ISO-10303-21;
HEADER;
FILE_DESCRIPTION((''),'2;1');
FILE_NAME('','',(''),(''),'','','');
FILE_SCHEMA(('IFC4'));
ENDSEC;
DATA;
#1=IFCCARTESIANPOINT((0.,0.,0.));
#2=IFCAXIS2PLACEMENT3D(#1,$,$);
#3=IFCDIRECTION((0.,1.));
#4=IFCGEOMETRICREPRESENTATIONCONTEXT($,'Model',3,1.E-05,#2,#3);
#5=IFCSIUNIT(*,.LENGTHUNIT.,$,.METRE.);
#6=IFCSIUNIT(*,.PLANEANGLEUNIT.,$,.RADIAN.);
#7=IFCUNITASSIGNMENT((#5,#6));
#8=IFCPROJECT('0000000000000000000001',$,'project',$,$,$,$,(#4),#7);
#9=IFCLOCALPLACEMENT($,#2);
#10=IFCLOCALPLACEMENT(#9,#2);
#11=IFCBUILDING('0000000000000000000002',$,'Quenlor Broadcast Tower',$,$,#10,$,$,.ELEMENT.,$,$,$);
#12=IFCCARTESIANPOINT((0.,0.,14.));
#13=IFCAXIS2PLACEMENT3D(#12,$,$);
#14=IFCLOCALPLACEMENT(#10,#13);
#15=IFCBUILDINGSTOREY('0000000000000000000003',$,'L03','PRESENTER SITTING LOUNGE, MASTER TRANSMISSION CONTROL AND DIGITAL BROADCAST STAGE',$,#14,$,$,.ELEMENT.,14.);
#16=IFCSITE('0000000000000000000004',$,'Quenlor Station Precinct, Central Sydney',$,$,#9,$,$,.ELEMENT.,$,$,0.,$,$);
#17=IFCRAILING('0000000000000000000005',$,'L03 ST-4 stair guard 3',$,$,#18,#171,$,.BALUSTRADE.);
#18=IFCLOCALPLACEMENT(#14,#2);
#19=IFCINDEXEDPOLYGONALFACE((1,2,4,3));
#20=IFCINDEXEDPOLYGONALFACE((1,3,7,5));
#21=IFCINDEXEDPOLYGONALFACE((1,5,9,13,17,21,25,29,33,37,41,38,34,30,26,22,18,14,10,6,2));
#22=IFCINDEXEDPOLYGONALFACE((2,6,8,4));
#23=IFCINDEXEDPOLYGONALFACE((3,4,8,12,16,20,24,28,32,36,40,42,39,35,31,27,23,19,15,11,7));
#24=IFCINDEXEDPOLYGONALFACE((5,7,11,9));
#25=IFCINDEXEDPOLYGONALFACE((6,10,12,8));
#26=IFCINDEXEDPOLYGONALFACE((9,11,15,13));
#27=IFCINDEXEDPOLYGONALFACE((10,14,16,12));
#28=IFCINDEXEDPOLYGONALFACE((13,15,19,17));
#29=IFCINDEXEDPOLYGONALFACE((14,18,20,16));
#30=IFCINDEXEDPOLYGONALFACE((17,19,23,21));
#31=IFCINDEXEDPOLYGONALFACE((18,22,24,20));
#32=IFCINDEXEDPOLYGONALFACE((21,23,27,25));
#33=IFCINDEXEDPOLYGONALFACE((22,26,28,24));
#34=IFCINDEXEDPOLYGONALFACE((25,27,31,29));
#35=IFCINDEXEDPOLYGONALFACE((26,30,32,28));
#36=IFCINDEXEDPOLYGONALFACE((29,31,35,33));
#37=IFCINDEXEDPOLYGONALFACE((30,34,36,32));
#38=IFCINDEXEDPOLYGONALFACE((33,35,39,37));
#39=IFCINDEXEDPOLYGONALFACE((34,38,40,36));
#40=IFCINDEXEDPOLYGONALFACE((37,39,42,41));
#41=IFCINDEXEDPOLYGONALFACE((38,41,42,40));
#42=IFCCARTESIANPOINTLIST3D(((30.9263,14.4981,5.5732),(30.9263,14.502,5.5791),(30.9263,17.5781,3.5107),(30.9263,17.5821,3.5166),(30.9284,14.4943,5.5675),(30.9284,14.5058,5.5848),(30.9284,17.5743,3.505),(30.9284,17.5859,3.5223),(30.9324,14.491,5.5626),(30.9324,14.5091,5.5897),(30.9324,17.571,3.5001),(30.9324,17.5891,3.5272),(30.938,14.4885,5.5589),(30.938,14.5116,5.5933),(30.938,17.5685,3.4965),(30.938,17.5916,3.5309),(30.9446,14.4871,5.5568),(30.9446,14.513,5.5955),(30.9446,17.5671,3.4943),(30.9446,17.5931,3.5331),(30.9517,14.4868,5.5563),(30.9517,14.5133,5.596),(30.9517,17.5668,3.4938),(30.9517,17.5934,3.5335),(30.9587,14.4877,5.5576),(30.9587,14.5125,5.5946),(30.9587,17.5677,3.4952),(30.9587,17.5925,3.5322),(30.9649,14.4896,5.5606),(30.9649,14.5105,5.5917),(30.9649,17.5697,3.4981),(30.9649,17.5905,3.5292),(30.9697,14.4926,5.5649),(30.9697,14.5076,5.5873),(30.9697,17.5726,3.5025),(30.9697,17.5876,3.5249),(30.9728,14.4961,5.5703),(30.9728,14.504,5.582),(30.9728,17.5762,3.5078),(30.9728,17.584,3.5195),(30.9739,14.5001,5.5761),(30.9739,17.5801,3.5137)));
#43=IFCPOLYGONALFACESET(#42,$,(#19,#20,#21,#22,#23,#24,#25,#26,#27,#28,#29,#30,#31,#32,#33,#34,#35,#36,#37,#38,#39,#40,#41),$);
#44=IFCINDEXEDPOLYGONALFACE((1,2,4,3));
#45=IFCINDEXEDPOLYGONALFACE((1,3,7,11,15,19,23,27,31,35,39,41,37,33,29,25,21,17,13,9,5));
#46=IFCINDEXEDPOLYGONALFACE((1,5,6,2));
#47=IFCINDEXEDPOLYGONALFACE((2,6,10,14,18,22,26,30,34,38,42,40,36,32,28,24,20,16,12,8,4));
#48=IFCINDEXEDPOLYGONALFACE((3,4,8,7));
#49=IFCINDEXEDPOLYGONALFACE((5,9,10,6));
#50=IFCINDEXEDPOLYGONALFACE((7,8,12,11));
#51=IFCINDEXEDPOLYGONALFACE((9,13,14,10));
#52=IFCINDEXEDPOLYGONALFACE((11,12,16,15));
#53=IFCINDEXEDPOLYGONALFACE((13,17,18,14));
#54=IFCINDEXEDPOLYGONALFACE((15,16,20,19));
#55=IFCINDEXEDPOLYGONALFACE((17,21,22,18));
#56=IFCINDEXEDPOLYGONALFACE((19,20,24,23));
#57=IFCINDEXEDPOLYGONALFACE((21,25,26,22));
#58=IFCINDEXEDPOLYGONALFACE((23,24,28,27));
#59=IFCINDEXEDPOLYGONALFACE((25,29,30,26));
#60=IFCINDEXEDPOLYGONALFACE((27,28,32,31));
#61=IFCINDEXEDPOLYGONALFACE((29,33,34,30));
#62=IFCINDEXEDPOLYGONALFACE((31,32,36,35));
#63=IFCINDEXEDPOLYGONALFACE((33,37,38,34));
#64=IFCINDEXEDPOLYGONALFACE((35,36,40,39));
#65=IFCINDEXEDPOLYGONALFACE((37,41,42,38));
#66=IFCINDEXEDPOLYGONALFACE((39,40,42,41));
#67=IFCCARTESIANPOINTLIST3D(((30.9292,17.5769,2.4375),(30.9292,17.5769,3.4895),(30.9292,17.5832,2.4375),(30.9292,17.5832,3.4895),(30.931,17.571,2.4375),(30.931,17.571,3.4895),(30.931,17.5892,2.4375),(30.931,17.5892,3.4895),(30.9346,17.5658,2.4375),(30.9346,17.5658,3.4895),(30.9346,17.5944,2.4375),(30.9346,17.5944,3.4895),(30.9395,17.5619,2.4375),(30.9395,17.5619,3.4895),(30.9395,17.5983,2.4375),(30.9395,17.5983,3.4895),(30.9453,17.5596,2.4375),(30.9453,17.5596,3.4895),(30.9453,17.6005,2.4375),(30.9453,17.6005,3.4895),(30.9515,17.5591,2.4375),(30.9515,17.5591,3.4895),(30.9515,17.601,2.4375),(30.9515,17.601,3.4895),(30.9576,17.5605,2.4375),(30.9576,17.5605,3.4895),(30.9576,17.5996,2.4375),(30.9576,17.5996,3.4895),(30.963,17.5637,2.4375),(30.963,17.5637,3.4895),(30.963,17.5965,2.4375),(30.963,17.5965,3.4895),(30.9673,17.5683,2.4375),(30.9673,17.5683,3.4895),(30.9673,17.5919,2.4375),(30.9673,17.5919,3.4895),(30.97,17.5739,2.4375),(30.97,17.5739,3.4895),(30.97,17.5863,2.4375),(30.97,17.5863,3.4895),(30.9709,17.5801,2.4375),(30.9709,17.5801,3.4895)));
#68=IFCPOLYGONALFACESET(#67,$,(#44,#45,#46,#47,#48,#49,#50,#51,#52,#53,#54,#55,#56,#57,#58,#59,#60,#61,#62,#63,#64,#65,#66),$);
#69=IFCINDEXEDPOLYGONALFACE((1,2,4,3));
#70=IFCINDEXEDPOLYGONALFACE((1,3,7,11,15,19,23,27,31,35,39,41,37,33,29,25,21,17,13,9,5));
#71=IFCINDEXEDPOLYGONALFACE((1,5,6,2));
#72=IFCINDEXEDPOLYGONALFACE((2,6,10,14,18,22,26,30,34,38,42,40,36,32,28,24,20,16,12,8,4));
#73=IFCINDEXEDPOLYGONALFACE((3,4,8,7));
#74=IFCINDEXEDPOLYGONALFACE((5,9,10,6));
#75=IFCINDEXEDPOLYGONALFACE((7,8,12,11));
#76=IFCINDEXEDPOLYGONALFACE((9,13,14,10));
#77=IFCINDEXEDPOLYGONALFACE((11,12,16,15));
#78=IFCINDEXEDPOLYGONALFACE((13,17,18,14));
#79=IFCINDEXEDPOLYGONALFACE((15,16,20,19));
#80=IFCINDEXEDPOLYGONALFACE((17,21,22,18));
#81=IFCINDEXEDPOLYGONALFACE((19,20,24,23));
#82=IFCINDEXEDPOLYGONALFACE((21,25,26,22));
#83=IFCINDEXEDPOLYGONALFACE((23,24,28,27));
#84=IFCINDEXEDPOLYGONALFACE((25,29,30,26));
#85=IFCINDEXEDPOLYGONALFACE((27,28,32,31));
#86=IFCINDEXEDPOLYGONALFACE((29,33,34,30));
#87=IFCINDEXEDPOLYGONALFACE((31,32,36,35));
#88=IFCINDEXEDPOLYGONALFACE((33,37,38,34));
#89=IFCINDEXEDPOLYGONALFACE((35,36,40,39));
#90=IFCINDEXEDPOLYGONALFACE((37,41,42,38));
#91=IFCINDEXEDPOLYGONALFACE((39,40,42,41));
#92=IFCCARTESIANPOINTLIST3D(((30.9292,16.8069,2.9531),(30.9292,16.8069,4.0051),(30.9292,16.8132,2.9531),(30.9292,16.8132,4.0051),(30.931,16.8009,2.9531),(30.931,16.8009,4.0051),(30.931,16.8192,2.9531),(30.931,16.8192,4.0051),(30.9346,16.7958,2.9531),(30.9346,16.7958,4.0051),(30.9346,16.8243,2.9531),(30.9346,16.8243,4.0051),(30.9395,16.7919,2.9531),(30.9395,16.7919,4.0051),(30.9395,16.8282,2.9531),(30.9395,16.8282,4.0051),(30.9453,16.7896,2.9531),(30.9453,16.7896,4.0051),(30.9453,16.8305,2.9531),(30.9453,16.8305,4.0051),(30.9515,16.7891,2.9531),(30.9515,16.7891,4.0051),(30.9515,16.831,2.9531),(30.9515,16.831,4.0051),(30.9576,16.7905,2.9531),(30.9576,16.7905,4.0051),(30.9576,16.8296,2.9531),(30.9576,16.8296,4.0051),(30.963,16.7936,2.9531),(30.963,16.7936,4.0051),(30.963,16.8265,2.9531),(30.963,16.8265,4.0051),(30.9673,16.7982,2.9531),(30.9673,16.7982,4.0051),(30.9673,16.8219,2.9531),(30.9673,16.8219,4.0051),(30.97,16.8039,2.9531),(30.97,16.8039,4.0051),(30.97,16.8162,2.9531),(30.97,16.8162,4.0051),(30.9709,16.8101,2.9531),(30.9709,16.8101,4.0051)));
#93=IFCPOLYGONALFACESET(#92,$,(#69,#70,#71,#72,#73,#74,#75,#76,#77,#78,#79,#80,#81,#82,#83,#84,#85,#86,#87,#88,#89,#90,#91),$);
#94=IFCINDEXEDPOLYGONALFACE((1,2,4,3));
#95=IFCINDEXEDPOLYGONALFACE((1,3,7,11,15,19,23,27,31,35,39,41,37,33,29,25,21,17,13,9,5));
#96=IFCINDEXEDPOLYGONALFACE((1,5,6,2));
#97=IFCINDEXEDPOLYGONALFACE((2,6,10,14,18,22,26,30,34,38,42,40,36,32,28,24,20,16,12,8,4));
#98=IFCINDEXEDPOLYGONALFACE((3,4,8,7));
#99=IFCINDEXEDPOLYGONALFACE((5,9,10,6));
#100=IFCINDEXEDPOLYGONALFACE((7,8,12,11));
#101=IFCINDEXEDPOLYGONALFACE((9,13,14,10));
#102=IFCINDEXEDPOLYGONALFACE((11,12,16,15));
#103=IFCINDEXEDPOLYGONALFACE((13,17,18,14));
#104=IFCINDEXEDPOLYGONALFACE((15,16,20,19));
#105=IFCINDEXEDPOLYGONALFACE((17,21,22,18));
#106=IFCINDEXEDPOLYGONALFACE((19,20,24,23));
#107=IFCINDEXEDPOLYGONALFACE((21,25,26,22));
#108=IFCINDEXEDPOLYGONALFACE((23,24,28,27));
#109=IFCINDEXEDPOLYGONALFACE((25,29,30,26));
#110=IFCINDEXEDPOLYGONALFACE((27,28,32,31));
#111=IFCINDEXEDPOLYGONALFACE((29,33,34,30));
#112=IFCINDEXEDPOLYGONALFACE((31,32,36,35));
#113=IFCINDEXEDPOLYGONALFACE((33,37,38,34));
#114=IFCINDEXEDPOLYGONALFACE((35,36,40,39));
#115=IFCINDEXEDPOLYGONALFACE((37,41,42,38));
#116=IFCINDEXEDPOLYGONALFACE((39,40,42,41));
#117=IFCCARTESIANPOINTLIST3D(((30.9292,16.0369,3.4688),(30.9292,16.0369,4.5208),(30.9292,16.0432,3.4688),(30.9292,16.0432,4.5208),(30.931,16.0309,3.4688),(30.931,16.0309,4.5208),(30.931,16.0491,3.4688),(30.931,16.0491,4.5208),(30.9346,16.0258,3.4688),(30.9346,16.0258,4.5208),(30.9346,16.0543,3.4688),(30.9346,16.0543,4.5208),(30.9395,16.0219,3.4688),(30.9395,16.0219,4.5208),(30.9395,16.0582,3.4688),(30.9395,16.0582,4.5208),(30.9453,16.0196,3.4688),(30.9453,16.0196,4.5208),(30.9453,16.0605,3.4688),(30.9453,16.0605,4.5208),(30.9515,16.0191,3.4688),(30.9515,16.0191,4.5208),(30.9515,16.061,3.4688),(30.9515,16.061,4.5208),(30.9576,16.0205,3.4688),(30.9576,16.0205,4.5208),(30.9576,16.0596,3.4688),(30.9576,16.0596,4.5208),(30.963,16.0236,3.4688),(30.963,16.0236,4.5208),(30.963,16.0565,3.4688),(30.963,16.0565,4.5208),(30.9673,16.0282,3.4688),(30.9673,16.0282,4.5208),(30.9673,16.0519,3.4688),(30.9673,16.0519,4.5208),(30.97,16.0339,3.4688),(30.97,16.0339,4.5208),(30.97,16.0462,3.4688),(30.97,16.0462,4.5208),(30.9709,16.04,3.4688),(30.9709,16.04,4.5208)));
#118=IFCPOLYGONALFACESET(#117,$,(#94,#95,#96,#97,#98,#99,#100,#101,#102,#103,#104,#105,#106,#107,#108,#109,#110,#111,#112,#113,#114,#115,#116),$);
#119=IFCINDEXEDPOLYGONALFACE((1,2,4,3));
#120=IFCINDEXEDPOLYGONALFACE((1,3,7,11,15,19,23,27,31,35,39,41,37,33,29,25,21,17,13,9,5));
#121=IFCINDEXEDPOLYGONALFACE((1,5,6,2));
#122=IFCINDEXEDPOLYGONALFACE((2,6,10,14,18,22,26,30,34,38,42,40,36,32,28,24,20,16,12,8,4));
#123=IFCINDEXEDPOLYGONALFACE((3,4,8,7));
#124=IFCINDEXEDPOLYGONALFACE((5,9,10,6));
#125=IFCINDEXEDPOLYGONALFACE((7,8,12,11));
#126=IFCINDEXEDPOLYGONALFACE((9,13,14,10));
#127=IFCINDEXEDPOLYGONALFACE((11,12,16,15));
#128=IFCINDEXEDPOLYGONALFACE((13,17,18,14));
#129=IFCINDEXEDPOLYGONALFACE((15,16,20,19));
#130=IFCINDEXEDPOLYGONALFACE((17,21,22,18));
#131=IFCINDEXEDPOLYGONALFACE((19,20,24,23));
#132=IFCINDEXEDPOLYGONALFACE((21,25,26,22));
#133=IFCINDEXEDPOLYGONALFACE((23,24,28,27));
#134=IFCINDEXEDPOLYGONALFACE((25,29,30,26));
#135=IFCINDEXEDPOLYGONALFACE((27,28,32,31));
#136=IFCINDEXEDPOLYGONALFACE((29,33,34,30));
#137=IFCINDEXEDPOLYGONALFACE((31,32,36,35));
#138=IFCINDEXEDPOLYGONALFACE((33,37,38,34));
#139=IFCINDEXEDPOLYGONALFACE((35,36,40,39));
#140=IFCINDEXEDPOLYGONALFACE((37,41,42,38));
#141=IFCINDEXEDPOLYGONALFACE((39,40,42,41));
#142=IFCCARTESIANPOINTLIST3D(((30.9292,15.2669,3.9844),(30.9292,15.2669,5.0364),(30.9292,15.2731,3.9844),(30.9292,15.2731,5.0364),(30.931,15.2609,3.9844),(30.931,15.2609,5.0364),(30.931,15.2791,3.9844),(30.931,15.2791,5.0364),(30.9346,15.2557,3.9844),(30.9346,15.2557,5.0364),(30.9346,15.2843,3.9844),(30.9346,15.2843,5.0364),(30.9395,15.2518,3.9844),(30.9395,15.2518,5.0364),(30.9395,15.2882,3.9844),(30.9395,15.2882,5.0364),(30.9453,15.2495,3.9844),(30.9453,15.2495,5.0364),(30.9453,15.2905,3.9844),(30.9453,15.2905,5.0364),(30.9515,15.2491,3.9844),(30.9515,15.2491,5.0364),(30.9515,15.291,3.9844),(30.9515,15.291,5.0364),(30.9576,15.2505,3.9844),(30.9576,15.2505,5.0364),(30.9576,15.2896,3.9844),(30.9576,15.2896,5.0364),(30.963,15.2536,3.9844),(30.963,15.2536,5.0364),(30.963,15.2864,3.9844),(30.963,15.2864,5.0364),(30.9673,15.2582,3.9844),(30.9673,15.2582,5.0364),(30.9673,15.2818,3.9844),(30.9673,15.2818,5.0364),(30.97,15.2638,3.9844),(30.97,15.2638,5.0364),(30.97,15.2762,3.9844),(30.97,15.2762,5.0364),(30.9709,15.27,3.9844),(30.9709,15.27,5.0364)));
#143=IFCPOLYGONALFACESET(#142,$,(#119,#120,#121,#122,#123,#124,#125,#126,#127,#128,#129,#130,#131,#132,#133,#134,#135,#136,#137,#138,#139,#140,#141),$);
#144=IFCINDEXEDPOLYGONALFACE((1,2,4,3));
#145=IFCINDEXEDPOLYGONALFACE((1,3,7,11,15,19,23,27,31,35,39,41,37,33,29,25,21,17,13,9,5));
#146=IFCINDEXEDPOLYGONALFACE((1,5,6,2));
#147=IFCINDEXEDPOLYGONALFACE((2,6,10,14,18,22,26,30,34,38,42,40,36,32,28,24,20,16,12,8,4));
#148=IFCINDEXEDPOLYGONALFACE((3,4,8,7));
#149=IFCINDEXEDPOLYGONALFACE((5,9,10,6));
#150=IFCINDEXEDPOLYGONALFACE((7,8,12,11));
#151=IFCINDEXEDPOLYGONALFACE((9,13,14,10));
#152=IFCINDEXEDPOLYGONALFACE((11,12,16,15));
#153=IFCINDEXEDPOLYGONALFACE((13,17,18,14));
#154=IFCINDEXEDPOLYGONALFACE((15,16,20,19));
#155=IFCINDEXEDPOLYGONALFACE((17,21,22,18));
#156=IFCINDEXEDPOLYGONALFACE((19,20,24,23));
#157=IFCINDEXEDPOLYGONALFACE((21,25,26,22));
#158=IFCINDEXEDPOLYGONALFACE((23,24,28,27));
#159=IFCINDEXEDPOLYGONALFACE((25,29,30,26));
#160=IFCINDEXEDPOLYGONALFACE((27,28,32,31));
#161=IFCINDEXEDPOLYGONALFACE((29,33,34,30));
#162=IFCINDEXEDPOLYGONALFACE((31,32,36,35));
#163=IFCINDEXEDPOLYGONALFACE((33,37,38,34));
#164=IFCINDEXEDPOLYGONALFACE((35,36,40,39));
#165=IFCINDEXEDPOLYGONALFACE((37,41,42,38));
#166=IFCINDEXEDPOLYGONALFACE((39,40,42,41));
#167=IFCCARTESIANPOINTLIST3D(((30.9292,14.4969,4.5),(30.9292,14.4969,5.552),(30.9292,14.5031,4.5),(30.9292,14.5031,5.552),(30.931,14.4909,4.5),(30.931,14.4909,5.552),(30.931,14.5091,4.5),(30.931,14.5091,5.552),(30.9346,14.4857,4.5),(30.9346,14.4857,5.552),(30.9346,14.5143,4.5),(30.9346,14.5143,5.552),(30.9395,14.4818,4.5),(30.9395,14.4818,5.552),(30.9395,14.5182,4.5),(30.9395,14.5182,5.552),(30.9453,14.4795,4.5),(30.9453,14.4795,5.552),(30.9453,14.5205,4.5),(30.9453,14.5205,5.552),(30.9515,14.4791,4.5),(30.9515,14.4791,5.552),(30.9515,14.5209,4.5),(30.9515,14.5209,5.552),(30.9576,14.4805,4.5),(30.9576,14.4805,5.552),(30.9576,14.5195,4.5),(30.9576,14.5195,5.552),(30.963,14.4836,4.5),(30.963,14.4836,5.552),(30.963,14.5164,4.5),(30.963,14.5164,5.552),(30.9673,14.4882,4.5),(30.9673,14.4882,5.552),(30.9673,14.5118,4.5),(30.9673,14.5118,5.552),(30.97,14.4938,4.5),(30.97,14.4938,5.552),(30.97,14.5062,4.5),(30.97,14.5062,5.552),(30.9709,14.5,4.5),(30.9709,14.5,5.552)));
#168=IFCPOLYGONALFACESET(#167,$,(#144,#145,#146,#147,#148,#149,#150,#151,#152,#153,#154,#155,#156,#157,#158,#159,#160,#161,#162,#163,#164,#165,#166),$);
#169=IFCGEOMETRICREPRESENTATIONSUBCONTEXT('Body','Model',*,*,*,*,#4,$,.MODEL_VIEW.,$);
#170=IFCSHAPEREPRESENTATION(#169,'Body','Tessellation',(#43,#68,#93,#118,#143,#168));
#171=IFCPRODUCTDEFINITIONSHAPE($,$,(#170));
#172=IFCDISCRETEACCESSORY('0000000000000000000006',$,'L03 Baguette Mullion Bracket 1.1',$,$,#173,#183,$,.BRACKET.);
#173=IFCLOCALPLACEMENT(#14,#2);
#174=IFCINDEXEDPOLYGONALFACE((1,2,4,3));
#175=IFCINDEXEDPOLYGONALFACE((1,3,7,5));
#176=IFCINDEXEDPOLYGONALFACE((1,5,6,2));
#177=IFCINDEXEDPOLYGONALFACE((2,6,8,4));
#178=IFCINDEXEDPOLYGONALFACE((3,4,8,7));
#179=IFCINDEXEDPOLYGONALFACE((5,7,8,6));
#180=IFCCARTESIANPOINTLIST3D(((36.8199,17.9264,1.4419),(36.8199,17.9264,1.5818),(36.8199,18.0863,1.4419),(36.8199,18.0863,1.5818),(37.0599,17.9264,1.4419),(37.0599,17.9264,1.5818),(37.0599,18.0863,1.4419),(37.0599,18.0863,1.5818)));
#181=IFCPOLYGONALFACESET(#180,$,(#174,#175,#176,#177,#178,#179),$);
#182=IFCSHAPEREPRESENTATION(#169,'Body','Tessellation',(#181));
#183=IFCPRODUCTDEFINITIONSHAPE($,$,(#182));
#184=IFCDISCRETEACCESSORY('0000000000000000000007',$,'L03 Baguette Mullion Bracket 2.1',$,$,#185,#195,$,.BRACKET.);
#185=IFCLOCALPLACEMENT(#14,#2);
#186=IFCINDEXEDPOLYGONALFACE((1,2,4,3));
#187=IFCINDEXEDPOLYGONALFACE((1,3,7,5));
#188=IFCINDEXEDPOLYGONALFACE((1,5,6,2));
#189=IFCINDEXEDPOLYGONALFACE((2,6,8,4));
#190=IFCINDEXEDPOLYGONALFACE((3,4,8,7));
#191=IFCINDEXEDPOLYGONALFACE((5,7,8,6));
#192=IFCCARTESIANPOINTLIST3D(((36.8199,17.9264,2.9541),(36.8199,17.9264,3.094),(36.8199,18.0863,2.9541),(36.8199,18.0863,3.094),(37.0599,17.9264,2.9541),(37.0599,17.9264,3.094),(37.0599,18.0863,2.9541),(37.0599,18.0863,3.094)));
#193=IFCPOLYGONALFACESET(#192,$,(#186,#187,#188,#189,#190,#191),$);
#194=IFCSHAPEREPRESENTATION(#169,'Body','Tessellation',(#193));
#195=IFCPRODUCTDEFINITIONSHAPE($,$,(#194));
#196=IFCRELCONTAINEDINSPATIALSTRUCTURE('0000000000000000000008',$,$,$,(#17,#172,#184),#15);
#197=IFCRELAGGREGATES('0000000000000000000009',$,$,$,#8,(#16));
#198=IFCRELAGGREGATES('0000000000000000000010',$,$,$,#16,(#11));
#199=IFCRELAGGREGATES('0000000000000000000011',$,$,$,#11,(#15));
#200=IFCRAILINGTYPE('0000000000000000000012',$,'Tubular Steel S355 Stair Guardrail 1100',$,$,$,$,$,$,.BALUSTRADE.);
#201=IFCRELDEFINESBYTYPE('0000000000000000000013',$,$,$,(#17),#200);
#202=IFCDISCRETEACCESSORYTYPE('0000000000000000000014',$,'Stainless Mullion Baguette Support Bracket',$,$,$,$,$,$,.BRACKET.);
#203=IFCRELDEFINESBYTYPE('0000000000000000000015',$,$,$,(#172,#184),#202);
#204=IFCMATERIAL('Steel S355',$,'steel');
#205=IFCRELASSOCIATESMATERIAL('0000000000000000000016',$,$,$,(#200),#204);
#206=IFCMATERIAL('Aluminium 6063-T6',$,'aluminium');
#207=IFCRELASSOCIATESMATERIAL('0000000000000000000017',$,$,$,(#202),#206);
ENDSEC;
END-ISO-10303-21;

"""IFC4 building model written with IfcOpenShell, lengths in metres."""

from ifc_helpers import new_model, si_unit, direction, frame, origin, origin_2d, place, context, subcontext, project, spatial, rectangle, circle, extrude, material, type_object, element, save


model = new_model("IFC4")

# Units and contexts
model_context = context("Model", 3, precision=1e-05, world=origin(), true_north=direction((0.0, 1.0)))
body_context = subcontext(model_context, "Body", "Model", "MODEL_VIEW")
ifc_project = project(units=[si_unit("LENGTHUNIT", "METRE"), si_unit("PLANEANGLEUNIT", "RADIAN")], contexts=[model_context])

# Site, building, storey
site_placement = place(None, origin())
site = spatial("IfcSite", under=ifc_project, at=site_placement, Name="Quenlor Station Precinct, Central Sydney", CompositionType="ELEMENT", RefElevation=0.0)
building_placement = place(site_placement, origin())
building = spatial("IfcBuilding", under=site, at=building_placement, Name="Quenlor Broadcast Tower", CompositionType="ELEMENT")
storey_placement = place(building_placement, frame((0.0, 0.0, 14.0)))
storey = spatial("IfcBuildingStorey", under=building, at=storey_placement, Name="L03", Description="PRESENTER SITTING LOUNGE, MASTER TRANSMISSION CONTROL AND DIGITAL BROADCAST STAGE", CompositionType="ELEMENT", Elevation=14.0)

# Railing
ifc_material_1 = material(Name="Steel S355", Category="steel")
railing_type = type_object("IfcRailingType", Name="Tubular Steel S355 Stair Guardrail 1100", PredefinedType="BALUSTRADE", material=ifc_material_1)
railing_1_placement = place(storey_placement, frame((30.95, 17.5801, 2.4375)))
element("IfcRailing", 1, at=railing_1_placement, inside=storey, type_object=railing_type, Name="L03 ST-4 stair guard 3", PredefinedType="BALUSTRADE", context=body_context, shape_type="SweptSolid", body=[
    extrude(circle(Radius=0.0239, at=origin_2d()), frame((0.0, 0.0, 1.0762), z_axis=(0.0, -0.830914, 0.556401), x_axis=(1.0, 0.0, 0.0)), (0.0, 0.0, 1.0), 3.7068),
    extrude(circle(Radius=0.021, at=origin_2d()), origin(), (0.0, 0.0, 1.0), 1.052),
    extrude(circle(Radius=0.021, at=origin_2d()), frame((0.0, -0.77, 0.5156)), (0.0, 0.0, 1.0), 1.052),
    extrude(circle(Radius=0.021, at=origin_2d()), frame((0.0, -1.54, 1.0312)), (0.0, 0.0, 1.0), 1.052),
    extrude(circle(Radius=0.021, at=origin_2d()), frame((0.0, -2.3101, 1.5469)), (0.0, 0.0, 1.0), 1.052),
    extrude(circle(Radius=0.021, at=origin_2d()), frame((0.0, -3.0801, 2.0625)), (0.0, 0.0, 1.0), 1.052),
])

# Discrete accessories
ifc_material_2 = material(Name="Aluminium 6063-T6", Category="aluminium")
discrete_accessory_type = type_object("IfcDiscreteAccessoryType", Name="Stainless Mullion Baguette Support Bracket", PredefinedType="BRACKET", material=ifc_material_2)
for number, where, z_axis, x_axis, name in (
    (2, (36.9399, 18.0063, 1.4419), (0.0, 0.0, 1.0), (0.0, -1.0, 0.0), "L03 Baguette Mullion Bracket 1.1"),
    (3, (36.9399, 18.0063, 2.9541), (0.0, 0.0, 1.0), (0.0, -1.0, 0.0), "L03 Baguette Mullion Bracket 2.1"),
):
    element("IfcDiscreteAccessory", number, at=place(storey_placement, frame(where, z_axis=z_axis, x_axis=x_axis)), inside=storey, type_object=discrete_accessory_type, Name=name, PredefinedType="BRACKET", context=body_context, shape_type="SweptSolid", body=[
        extrude(rectangle(XDim=0.1599, YDim=0.24, at=origin_2d()), origin(), (0.0, 0.0, 1.0), 0.1399),
    ])

save(model, "model.ifc")
